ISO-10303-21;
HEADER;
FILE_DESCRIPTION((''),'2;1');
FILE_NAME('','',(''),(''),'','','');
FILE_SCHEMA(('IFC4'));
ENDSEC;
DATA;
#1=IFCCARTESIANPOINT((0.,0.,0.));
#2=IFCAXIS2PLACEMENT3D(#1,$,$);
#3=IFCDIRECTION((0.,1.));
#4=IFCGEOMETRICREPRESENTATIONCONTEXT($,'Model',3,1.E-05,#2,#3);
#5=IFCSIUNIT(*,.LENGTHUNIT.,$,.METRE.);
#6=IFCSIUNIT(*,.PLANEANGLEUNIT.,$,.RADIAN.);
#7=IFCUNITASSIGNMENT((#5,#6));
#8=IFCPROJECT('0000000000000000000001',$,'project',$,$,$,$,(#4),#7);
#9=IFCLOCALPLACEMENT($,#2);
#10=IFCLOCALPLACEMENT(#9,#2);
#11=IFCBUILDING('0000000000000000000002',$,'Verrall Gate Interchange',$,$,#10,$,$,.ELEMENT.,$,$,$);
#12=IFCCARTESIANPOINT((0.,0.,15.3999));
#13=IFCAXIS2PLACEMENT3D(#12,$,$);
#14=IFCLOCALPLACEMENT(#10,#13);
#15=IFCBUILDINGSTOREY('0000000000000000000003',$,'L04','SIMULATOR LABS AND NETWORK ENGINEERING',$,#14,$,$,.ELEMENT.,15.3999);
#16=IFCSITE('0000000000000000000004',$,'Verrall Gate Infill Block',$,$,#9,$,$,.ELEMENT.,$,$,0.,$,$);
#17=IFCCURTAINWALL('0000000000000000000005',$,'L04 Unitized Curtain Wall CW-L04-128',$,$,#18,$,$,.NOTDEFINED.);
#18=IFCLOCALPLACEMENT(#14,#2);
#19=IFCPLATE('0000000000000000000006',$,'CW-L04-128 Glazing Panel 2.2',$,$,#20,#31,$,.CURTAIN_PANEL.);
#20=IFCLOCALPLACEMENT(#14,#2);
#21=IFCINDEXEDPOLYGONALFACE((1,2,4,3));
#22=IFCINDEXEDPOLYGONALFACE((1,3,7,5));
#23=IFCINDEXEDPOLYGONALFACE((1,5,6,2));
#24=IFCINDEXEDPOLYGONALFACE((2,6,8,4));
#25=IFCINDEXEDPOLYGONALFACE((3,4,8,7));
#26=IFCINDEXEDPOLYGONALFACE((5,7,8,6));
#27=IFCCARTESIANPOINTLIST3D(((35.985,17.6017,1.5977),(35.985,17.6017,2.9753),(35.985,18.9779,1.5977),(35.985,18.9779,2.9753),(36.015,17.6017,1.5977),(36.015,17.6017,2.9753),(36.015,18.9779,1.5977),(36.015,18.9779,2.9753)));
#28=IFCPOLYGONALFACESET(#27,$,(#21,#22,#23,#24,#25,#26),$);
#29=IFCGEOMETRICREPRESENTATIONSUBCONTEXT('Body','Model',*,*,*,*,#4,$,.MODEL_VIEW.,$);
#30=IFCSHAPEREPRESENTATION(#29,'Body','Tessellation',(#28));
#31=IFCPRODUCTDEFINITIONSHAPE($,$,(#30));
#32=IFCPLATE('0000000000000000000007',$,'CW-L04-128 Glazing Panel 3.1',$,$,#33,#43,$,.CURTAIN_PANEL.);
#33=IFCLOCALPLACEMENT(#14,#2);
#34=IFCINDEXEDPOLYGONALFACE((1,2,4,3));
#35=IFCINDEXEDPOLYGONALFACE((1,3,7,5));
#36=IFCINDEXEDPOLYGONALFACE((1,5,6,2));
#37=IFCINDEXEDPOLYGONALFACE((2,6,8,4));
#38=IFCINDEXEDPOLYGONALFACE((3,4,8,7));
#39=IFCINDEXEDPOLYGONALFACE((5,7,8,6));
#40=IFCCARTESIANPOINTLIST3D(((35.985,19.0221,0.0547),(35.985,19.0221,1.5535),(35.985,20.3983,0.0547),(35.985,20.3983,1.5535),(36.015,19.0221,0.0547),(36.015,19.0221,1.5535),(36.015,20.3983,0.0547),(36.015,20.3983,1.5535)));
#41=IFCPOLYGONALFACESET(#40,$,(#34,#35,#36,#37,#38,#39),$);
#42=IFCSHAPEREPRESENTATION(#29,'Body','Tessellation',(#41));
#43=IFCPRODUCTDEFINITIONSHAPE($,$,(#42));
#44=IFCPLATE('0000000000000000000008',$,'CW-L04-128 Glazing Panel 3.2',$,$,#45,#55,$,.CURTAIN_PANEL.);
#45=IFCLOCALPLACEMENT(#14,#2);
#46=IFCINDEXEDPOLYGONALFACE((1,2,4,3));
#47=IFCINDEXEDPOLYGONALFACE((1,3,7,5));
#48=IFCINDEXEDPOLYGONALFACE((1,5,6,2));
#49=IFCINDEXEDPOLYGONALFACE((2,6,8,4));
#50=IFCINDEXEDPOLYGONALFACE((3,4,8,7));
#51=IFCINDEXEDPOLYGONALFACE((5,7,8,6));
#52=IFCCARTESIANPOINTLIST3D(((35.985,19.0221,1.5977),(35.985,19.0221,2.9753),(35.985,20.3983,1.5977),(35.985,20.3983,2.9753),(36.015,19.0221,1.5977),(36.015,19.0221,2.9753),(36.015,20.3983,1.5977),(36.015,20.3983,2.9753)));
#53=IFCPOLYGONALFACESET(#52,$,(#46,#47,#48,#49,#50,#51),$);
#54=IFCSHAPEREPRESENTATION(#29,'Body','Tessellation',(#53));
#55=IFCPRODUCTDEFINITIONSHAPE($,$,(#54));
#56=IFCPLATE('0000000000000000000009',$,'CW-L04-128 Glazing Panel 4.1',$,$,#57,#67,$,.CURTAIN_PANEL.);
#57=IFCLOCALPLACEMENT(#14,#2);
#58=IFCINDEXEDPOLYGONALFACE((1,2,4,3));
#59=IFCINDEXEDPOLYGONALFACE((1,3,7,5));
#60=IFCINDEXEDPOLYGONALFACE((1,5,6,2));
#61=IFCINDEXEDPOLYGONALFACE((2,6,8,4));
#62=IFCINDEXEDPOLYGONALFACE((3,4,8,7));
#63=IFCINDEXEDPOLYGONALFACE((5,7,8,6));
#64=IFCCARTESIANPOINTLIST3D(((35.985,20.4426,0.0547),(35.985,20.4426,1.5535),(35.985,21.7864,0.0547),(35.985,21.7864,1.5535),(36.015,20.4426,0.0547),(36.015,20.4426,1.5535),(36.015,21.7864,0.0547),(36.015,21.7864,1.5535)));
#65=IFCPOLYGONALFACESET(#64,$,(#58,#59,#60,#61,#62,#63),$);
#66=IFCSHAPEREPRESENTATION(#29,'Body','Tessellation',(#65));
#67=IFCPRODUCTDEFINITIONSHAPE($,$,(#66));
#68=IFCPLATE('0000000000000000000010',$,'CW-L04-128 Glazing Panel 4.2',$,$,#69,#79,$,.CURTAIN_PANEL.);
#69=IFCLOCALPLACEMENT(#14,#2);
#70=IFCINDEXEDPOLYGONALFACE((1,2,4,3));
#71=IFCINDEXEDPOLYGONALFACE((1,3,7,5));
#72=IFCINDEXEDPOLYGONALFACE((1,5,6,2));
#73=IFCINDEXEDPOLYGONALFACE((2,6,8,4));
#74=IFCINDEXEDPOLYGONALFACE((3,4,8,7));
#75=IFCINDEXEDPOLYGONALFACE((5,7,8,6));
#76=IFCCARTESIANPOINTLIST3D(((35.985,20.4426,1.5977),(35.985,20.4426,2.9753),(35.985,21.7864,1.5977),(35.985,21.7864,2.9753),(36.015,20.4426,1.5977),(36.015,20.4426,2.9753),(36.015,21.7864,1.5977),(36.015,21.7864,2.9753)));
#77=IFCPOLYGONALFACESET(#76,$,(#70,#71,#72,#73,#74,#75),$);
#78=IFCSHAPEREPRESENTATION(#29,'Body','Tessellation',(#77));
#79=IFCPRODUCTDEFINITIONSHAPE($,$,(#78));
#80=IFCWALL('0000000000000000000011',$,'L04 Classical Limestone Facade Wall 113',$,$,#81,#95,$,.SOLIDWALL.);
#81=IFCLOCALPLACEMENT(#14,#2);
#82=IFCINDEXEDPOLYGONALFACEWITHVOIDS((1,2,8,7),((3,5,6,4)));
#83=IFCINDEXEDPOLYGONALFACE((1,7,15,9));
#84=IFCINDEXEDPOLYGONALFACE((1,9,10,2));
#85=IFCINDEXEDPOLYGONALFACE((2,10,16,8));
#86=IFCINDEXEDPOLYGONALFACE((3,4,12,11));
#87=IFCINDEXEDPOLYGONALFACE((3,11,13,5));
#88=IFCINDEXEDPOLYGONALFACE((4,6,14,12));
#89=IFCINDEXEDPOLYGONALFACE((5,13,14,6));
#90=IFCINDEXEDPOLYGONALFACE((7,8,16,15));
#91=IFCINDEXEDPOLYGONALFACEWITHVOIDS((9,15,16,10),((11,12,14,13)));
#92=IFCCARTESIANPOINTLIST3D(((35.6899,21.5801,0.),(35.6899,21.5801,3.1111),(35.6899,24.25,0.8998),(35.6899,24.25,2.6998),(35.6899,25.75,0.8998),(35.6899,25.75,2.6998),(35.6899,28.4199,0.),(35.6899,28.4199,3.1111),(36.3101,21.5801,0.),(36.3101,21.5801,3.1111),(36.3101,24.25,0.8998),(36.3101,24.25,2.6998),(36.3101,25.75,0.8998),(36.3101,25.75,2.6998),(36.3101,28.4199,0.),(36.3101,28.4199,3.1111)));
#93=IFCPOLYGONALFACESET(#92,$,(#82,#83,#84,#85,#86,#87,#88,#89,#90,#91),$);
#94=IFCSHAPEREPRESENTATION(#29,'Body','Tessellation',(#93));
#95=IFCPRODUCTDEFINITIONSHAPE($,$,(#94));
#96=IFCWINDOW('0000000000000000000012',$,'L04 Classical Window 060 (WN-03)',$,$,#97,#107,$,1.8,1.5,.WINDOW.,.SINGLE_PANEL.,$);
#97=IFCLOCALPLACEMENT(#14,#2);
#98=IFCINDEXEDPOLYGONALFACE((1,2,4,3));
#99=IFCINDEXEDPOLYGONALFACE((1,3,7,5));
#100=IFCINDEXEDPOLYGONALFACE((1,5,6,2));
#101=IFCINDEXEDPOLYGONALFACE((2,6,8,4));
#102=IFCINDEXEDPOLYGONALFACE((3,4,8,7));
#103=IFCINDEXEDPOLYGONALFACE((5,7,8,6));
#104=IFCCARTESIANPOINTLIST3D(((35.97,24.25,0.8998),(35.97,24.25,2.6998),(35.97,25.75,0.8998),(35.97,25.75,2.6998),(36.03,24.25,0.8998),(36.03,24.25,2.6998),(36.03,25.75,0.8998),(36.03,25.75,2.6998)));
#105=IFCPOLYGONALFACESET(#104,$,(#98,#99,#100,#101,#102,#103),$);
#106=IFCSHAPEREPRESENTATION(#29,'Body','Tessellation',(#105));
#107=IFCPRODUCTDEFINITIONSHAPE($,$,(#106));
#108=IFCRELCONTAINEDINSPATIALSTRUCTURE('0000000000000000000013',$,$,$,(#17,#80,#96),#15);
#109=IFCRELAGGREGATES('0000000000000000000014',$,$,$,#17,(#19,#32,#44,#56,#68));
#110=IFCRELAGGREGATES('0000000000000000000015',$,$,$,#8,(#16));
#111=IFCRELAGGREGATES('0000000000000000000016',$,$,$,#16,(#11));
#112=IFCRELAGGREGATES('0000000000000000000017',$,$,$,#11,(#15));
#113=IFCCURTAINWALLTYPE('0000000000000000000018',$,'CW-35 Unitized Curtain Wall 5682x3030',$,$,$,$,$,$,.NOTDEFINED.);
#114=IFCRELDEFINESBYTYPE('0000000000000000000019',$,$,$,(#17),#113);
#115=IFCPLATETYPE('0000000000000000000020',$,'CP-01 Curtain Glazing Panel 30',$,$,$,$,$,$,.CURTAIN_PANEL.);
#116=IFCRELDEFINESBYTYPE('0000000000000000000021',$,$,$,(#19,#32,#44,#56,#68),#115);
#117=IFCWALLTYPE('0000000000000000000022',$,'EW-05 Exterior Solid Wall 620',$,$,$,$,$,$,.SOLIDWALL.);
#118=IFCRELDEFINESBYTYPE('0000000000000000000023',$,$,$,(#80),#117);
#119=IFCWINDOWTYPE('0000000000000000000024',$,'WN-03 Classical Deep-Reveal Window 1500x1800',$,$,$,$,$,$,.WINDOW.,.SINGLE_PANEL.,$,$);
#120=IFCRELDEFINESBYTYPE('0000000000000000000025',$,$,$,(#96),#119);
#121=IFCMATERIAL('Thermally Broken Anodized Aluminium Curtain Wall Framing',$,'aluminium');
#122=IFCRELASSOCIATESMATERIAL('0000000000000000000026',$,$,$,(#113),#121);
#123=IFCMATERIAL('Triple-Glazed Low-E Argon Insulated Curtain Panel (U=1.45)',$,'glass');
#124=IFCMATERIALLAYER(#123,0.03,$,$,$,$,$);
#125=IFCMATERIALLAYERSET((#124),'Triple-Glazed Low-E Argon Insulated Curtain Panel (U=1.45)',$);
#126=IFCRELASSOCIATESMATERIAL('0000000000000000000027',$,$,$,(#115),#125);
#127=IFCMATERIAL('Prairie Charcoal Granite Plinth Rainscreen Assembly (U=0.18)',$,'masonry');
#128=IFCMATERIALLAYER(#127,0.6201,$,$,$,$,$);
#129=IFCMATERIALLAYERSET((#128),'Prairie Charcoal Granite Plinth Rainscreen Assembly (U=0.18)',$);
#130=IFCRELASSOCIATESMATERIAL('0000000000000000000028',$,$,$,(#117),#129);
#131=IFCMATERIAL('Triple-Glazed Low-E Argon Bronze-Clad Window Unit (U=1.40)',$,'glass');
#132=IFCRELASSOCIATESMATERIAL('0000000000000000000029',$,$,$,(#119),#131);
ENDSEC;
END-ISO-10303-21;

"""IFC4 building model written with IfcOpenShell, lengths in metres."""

from ifc_helpers import new_model, si_unit, direction, frame, frame_2d, origin, origin_2d, place, context, subcontext, project, spatial, rectangle, extrude, material, layer, layer_set, type_object, element, fill, aggregate, save


model = new_model("IFC4")

# Units and contexts
model_context = context("Model", 3, precision=1e-05, world=origin(), true_north=direction((0.0, 1.0)))
body_context = subcontext(model_context, "Body", "Model", "MODEL_VIEW")
ifc_project = project(units=[si_unit("LENGTHUNIT", "METRE"), si_unit("PLANEANGLEUNIT", "RADIAN")], contexts=[model_context])

# Site, building, storey
site_placement = place(None, origin())
site = spatial("IfcSite", under=ifc_project, at=site_placement, Name="Verrall Gate Infill Block", CompositionType="ELEMENT", RefElevation=0.0)
building_placement = place(site_placement, origin())
building = spatial("IfcBuilding", under=site, at=building_placement, Name="Verrall Gate Interchange", CompositionType="ELEMENT")
storey_placement = place(building_placement, frame((0.0, 0.0, 15.3999)))
storey = spatial("IfcBuildingStorey", under=building, at=storey_placement, Name="L04", Description="SIMULATOR LABS AND NETWORK ENGINEERING", CompositionType="ELEMENT", Elevation=15.3999)

# Curtain wall
ifc_material_1 = material(Name="Thermally Broken Anodized Aluminium Curtain Wall Framing", Category="aluminium")
curtain_wall_type = type_object("IfcCurtainWallType", Name="CW-35 Unitized Curtain Wall 5682x3030", PredefinedType="NOTDEFINED", material=ifc_material_1)
curtain_wall_placement = place(storey_placement, origin())
curtain_wall = element("IfcCurtainWall", 1, at=curtain_wall_placement, inside=storey, type_object=curtain_wall_type, Name="L04 Unitized Curtain Wall CW-L04-128", PredefinedType="NOTDEFINED")

# Plates
ifc_material_2 = material(Name="Triple-Glazed Low-E Argon Insulated Curtain Panel (U=1.45)", Category="glass")
ifc_layer_1 = layer(ifc_material_2, 0.03)
ifc_layer_set_1 = layer_set([ifc_layer_1], Name="Triple-Glazed Low-E Argon Insulated Curtain Panel (U=1.45)")
plate_type = type_object("IfcPlateType", Name="CP-01 Curtain Glazing Panel 30", PredefinedType="CURTAIN_PANEL", material=ifc_layer_set_1)
plate_1_placement = place(storey_placement, frame((36.0, 18.2898, 1.5977), z_axis=(0.0, 0.0, 1.0), x_axis=(0.0, 1.0, 0.0)))
plate_1 = element("IfcPlate", 2, at=plate_1_placement, type_object=plate_type, Name="CW-L04-128 Glazing Panel 2.2", PredefinedType="CURTAIN_PANEL", context=body_context, shape_type="SweptSolid", body=[
    extrude(rectangle(XDim=1.3762, YDim=0.03, at=origin_2d()), origin(), (0.0, 0.0, 1.0), 1.3777),
])
plate_2_placement = place(storey_placement, frame((36.0, 19.7102, 0.0547), z_axis=(0.0, 0.0, 1.0), x_axis=(0.0, 1.0, 0.0)))
plate_2 = element("IfcPlate", 3, at=plate_2_placement, type_object=plate_type, Name="CW-L04-128 Glazing Panel 3.1", PredefinedType="CURTAIN_PANEL", context=body_context, shape_type="SweptSolid", body=[
    extrude(rectangle(XDim=1.3762, YDim=0.03, at=origin_2d()), origin(), (0.0, 0.0, 1.0), 1.4988),
])
plate_3_placement = place(storey_placement, frame((36.0, 19.7102, 1.5977), z_axis=(0.0, 0.0, 1.0), x_axis=(0.0, 1.0, 0.0)))
plate_3 = element("IfcPlate", 4, at=plate_3_placement, type_object=plate_type, Name="CW-L04-128 Glazing Panel 3.2", PredefinedType="CURTAIN_PANEL", context=body_context, shape_type="SweptSolid", body=[
    extrude(rectangle(XDim=1.3762, YDim=0.03, at=origin_2d()), origin(), (0.0, 0.0, 1.0), 1.3777),
])
plate_4_placement = place(storey_placement, frame((36.0, 21.1145, 0.0547), z_axis=(0.0, 0.0, 1.0), x_axis=(0.0, 1.0, 0.0)))
plate_4 = element("IfcPlate", 5, at=plate_4_placement, type_object=plate_type, Name="CW-L04-128 Glazing Panel 4.1", PredefinedType="CURTAIN_PANEL", context=body_context, shape_type="SweptSolid", body=[
    extrude(rectangle(XDim=1.3438, YDim=0.03, at=origin_2d()), origin(), (0.0, 0.0, 1.0), 1.4988),
])
plate_5_placement = place(storey_placement, frame((36.0, 21.1145, 1.5977), z_axis=(0.0, 0.0, 1.0), x_axis=(0.0, 1.0, 0.0)))
plate_5 = element("IfcPlate", 6, at=plate_5_placement, type_object=plate_type, Name="CW-L04-128 Glazing Panel 4.2", PredefinedType="CURTAIN_PANEL", context=body_context, shape_type="SweptSolid", body=[
    extrude(rectangle(XDim=1.3438, YDim=0.03, at=origin_2d()), origin(), (0.0, 0.0, 1.0), 1.3777),
])
aggregate(curtain_wall, [plate_1, plate_2, plate_3, plate_4, plate_5])

# Wall, opening, window
ifc_material_3 = material(Name="Prairie Charcoal Granite Plinth Rainscreen Assembly (U=0.18)", Category="masonry")
ifc_layer_2 = layer(ifc_material_3, 0.6201)
ifc_layer_set_2 = layer_set([ifc_layer_2], Name="Prairie Charcoal Granite Plinth Rainscreen Assembly (U=0.18)")
wall_type = type_object("IfcWallType", Name="EW-05 Exterior Solid Wall 620", PredefinedType="SOLIDWALL", material=ifc_layer_set_2)
wall_placement = place(storey_placement, frame((36.0, 21.5801, 0.0), z_axis=(0.0, 0.0, 1.0), x_axis=(0.0, 1.0, 0.0)))
wall = element("IfcWall", 7, at=wall_placement, inside=storey, type_object=wall_type, Name="L04 Classical Limestone Facade Wall 113", PredefinedType="SOLIDWALL", context=body_context, shape_type="SweptSolid", body=[
    extrude(rectangle(XDim=6.8398, YDim=0.6201, at=frame_2d((3.4199, 0.0))), origin(), (0.0, 0.0, 1.0), 3.1111),
])
opening_placement = place(wall_placement, frame((2.6699, 0.0, 0.8999)))
opening = element("IfcOpeningElement", 8, at=opening_placement, cuts=wall, PredefinedType="OPENING", context=body_context, shape_type="SweptSolid", body=[
    extrude(rectangle(XDim=1.5, YDim=1.8, at=frame_2d((0.75, 0.8999))), frame((0.0, 0.325, 0.0), z_axis=(0.0, -1.0, 0.0), x_axis=(1.0, 0.0, 0.0)), (0.0, 0.0, 1.0), 0.6499),
])
ifc_material_4 = material(Name="Triple-Glazed Low-E Argon Bronze-Clad Window Unit (U=1.40)", Category="glass")
window_type = type_object("IfcWindowType", Name="WN-03 Classical Deep-Reveal Window 1500x1800", PartitioningType="SINGLE_PANEL", PredefinedType="WINDOW", material=ifc_material_4)
window_placement = place(opening_placement, origin())
window = element("IfcWindow", 9, at=window_placement, inside=storey, type_object=window_type, Name="L04 Classical Window 060 (WN-03)", OverallHeight=1.8, OverallWidth=1.5, PartitioningType="SINGLE_PANEL", PredefinedType="WINDOW", context=body_context, shape_type="SweptSolid", body=[
    extrude(rectangle(XDim=1.5, YDim=1.8, at=frame_2d((0.75, 0.8999))), frame((0.0, 0.03, 0.0), z_axis=(0.0, -1.0, 0.0), x_axis=(1.0, 0.0, 0.0)), (0.0, 0.0, 1.0), 0.0601),
])
fill(opening, window)

save(model, "model.ifc")
